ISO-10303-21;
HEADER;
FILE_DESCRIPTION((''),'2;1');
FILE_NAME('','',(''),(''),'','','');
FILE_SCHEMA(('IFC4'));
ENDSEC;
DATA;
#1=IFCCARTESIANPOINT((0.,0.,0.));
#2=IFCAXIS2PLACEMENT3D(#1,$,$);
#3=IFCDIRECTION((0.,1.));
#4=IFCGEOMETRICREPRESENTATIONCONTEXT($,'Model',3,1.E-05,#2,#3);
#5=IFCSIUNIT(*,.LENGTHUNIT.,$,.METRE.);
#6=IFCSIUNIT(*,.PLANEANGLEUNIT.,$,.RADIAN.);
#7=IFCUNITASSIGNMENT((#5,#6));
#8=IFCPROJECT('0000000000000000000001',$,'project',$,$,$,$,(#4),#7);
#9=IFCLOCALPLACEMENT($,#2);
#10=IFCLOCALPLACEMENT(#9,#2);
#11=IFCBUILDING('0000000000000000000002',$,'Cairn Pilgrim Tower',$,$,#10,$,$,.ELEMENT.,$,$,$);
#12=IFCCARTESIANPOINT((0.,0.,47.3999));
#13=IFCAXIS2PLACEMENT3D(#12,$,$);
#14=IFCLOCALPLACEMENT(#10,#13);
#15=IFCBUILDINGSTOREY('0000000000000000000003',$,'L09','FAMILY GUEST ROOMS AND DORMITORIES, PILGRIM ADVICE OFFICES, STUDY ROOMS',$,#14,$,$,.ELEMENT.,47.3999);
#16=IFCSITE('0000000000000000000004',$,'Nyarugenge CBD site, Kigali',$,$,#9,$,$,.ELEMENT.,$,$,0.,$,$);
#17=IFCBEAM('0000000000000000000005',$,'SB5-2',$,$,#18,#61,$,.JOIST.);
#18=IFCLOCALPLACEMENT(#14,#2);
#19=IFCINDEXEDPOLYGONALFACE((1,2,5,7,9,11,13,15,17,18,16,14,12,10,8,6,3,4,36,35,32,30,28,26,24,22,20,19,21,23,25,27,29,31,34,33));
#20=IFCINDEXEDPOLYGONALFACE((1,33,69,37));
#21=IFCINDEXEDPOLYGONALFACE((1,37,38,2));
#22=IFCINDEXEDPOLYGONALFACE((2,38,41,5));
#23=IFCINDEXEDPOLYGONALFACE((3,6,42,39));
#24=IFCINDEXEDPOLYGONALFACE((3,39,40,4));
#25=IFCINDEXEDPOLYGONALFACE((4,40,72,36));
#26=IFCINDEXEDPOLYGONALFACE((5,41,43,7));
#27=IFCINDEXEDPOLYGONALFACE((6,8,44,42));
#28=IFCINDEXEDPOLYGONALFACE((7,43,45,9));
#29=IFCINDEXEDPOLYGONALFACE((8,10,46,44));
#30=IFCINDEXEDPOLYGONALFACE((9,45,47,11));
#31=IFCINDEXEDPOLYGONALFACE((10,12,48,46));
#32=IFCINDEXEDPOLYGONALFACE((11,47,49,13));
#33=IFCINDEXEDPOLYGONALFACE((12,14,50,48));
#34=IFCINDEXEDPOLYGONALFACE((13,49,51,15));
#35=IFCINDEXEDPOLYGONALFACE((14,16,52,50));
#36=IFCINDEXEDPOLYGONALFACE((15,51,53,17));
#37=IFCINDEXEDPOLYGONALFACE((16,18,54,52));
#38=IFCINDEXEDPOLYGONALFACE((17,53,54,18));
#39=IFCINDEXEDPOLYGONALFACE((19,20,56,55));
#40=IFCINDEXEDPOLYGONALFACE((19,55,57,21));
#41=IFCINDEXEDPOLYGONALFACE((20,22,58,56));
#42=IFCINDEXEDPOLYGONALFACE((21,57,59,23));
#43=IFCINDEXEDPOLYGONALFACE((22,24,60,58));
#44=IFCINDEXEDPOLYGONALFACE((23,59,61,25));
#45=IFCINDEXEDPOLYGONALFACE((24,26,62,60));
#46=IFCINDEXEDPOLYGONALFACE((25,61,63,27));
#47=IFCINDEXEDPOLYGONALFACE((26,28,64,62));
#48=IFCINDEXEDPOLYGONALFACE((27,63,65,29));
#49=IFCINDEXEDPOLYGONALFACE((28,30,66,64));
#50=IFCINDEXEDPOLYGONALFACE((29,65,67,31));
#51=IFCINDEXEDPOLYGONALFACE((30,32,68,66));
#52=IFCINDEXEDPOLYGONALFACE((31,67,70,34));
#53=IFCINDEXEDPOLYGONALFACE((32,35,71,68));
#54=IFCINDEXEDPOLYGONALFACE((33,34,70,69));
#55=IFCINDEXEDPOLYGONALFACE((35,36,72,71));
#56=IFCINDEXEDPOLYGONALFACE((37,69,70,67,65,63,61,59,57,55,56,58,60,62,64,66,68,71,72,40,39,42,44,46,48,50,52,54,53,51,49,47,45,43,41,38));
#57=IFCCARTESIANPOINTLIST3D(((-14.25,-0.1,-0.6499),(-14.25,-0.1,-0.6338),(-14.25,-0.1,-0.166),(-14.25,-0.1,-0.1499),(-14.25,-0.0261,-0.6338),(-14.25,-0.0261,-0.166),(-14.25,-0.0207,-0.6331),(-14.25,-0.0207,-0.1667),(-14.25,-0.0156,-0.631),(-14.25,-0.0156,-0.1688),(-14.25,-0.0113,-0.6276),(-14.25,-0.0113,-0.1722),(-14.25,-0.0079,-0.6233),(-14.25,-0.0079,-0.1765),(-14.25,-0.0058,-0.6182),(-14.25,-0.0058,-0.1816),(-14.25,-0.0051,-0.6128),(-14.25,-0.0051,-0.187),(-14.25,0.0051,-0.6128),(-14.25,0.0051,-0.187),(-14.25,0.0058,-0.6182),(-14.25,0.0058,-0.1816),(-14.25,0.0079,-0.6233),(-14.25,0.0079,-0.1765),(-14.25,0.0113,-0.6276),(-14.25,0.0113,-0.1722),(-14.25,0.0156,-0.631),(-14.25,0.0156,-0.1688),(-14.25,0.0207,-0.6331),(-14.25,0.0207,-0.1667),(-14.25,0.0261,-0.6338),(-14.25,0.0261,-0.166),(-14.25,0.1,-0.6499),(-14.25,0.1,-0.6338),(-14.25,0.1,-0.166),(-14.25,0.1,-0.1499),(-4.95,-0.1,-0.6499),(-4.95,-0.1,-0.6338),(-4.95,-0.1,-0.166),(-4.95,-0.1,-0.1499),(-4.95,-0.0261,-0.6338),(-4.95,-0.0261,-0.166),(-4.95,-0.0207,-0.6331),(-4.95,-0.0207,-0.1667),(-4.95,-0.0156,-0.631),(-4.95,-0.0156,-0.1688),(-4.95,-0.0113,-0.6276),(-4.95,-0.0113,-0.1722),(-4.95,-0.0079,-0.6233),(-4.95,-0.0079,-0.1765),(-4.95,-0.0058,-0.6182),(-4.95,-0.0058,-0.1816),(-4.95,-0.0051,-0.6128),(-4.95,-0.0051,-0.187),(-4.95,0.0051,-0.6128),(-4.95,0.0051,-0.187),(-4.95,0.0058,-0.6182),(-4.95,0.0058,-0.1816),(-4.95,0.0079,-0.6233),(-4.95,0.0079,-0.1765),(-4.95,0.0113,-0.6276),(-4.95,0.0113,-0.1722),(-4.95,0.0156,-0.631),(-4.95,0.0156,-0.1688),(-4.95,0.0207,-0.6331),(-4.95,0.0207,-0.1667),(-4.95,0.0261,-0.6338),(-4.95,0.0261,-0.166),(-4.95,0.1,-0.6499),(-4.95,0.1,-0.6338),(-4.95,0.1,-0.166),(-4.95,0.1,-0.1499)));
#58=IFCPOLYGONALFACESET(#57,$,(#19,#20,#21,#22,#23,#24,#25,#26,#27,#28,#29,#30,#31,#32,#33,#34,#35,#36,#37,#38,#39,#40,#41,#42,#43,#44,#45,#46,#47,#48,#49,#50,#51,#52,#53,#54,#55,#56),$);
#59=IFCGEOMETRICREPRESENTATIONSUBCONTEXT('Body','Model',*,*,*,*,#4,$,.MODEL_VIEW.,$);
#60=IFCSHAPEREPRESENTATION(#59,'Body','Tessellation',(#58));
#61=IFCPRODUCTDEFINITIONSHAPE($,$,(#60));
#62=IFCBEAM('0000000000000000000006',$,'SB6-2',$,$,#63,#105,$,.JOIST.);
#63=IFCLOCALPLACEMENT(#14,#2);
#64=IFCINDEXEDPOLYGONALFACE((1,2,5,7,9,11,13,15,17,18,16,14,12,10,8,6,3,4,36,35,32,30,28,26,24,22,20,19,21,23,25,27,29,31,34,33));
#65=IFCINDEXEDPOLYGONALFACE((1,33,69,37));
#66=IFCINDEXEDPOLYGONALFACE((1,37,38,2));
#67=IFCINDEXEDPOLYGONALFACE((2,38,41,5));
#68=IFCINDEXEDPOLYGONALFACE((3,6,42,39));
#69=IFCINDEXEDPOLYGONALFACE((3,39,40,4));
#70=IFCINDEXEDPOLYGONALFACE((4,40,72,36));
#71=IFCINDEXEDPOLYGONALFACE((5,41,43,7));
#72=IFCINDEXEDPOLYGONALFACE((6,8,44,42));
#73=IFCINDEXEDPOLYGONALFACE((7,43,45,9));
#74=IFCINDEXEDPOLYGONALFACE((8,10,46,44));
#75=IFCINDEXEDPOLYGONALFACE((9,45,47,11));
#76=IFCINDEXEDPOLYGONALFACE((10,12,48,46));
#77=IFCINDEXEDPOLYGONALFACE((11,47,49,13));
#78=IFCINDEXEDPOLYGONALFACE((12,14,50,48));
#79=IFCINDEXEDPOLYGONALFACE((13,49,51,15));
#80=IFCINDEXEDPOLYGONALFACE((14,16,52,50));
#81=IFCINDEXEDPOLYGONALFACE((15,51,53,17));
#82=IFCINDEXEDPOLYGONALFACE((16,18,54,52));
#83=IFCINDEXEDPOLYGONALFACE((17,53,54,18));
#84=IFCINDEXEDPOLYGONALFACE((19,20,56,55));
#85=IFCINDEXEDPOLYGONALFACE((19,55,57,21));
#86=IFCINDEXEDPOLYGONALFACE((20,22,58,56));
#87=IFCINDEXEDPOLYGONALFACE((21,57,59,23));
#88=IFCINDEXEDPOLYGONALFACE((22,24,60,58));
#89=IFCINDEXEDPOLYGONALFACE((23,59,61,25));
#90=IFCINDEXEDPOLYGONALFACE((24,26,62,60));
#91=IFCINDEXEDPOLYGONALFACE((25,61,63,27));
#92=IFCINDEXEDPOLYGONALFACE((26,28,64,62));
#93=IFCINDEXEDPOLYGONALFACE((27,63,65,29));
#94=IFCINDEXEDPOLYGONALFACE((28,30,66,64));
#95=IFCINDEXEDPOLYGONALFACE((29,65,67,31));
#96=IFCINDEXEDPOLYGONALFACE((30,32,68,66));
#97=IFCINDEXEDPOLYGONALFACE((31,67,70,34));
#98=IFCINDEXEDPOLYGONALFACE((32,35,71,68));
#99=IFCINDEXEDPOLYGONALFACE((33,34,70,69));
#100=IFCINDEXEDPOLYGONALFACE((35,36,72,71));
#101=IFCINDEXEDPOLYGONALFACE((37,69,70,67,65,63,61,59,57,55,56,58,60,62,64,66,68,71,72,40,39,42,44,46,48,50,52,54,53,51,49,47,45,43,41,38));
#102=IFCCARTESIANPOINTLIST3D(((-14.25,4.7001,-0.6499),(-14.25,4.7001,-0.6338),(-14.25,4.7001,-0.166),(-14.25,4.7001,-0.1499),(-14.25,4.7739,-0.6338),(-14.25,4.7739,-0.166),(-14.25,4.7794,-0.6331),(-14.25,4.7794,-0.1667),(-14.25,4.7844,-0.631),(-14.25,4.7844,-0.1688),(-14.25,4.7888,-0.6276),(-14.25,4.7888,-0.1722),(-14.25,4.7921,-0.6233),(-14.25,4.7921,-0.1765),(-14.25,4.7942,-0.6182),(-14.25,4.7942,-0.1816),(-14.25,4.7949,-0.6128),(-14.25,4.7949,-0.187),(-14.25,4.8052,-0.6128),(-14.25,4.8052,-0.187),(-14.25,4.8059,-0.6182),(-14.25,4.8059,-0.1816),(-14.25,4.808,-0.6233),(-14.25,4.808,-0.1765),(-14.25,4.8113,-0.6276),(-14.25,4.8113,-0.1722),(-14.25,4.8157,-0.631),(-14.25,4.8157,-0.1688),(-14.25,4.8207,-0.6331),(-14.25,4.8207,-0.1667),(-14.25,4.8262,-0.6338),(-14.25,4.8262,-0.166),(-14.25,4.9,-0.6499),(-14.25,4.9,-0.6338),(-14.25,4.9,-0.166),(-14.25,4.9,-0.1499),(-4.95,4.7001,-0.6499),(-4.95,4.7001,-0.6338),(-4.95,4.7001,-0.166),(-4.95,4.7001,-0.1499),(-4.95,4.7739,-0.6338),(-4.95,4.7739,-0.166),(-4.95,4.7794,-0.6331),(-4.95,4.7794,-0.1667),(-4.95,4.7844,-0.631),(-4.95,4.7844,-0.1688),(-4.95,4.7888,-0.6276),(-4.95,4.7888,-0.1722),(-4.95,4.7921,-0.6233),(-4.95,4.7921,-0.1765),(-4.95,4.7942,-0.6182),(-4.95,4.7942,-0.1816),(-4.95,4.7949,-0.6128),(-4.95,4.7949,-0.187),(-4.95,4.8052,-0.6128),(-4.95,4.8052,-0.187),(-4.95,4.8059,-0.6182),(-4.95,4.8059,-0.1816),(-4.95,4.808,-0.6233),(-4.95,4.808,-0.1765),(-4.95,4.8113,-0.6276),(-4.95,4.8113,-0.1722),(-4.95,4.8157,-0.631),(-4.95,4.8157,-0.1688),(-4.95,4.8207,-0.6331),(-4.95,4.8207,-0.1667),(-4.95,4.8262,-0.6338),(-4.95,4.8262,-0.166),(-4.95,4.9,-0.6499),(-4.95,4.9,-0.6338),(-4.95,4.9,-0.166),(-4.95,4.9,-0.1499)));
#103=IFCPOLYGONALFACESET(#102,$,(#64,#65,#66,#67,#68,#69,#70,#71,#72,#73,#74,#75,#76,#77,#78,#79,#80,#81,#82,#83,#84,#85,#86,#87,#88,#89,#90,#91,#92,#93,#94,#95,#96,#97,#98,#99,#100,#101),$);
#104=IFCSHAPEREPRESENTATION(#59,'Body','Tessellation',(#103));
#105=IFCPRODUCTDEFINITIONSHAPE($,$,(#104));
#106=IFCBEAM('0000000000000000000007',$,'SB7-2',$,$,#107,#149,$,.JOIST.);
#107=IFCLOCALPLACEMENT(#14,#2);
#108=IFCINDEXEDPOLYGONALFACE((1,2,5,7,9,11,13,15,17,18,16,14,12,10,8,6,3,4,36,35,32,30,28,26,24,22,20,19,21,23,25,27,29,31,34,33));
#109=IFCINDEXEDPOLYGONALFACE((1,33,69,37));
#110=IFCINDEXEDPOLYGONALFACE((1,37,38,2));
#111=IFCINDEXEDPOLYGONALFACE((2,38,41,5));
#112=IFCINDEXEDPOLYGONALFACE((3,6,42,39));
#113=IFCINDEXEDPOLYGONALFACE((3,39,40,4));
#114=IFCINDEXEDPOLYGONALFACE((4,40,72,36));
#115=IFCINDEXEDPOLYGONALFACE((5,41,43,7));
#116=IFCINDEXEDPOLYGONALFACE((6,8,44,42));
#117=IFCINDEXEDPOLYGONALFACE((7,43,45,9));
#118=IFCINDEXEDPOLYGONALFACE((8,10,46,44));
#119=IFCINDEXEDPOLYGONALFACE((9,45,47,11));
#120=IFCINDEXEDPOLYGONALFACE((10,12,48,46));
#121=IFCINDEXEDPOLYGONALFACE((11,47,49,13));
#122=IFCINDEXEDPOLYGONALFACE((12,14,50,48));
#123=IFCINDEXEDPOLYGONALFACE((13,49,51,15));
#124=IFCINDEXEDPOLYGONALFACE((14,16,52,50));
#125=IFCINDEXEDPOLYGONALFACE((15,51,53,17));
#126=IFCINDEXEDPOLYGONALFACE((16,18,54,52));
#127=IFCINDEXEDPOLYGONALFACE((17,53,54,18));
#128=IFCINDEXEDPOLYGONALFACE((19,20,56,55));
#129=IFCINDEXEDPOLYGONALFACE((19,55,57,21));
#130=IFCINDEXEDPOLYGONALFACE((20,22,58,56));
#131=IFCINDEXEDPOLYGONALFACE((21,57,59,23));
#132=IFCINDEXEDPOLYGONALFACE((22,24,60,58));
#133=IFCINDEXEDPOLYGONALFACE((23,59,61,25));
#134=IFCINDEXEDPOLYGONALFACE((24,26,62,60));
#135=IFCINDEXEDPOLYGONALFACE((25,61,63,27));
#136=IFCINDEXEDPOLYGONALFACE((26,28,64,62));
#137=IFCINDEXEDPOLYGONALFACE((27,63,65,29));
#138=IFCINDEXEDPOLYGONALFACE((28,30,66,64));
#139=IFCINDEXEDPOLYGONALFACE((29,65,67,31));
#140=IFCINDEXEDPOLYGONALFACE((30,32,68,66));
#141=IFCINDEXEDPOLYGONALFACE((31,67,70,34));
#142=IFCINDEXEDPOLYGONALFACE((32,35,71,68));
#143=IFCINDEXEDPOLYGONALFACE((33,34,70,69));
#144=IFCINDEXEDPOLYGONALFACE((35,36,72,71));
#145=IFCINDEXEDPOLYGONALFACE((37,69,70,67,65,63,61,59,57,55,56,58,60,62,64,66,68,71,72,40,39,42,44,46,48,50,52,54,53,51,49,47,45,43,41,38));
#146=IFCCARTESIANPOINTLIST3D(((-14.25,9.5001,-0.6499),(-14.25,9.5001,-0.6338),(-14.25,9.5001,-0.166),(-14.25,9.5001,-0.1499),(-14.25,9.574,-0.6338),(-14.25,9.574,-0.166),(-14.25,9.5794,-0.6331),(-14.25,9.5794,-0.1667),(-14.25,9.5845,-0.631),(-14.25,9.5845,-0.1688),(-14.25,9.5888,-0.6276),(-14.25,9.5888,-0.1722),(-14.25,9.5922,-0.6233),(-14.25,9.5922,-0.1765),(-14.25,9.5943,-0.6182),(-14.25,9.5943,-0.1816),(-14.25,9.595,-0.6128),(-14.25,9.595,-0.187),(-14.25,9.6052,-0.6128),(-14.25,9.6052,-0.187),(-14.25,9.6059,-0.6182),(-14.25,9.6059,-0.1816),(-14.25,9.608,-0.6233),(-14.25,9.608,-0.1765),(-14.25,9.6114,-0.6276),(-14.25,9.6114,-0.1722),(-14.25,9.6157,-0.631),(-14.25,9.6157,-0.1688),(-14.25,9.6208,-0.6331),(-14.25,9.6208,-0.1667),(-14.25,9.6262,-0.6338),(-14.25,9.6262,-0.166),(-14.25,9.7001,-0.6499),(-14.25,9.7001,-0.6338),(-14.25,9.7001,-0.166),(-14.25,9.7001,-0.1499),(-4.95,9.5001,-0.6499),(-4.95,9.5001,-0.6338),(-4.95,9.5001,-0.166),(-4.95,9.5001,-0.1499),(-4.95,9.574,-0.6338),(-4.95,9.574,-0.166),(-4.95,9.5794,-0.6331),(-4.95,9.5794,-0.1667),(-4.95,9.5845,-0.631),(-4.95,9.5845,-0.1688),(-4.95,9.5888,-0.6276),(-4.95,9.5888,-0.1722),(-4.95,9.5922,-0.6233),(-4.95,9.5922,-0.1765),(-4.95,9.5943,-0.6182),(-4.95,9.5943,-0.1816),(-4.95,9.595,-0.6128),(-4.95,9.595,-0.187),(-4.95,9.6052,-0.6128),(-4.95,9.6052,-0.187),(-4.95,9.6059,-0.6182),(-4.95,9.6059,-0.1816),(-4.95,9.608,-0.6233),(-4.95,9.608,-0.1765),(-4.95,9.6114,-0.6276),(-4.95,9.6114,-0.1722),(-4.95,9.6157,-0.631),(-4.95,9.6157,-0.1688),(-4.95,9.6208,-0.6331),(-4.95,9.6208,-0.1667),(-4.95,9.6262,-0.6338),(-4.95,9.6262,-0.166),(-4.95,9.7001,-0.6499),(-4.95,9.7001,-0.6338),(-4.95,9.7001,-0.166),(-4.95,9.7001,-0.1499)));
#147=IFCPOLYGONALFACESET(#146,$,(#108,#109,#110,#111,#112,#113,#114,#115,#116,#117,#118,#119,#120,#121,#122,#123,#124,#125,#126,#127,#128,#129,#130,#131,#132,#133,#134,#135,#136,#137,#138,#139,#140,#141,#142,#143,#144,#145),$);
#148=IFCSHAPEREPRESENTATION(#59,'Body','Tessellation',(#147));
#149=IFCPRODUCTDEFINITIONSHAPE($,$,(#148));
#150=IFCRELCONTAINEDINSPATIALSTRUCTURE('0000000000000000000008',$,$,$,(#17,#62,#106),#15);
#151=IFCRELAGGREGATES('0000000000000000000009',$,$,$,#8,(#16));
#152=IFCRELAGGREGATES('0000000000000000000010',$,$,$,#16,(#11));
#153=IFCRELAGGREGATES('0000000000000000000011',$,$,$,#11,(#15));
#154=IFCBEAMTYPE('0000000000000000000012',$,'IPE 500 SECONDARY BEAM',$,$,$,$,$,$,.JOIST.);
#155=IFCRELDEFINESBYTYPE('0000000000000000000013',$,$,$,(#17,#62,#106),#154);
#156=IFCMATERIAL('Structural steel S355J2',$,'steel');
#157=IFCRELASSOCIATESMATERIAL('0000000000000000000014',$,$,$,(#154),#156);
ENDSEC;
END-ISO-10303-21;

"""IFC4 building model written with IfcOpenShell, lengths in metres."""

from ifc_helpers import new_model, si_unit, direction, frame, origin, origin_2d, place, context, subcontext, project, spatial, i_section, extrude, material, material_profile, profile_set, type_object, element, save


model = new_model("IFC4")

# Units and contexts
model_context = context("Model", 3, precision=1e-05, world=origin(), true_north=direction((0.0, 1.0)))
body_context = subcontext(model_context, "Body", "Model", "MODEL_VIEW")
ifc_project = project(units=[si_unit("LENGTHUNIT", "METRE"), si_unit("PLANEANGLEUNIT", "RADIAN")], contexts=[model_context])

# Site, building, storey
site_placement = place(None, origin())
site = spatial("IfcSite", under=ifc_project, at=site_placement, Name="Nyarugenge CBD site, Kigali", CompositionType="ELEMENT", RefElevation=0.0)
building_placement = place(site_placement, origin())
building = spatial("IfcBuilding", under=site, at=building_placement, Name="Cairn Pilgrim Tower", CompositionType="ELEMENT")
storey_placement = place(building_placement, frame((0.0, 0.0, 47.3999)))
storey = spatial("IfcBuildingStorey", under=building, at=storey_placement, Name="L09", Description="FAMILY GUEST ROOMS AND DORMITORIES, PILGRIM ADVICE OFFICES, STUDY ROOMS", CompositionType="ELEMENT", Elevation=47.3999)

# Beams
ifc_material_1 = material(Name="Structural steel S355J2", Category="steel")
ifc_material_profile_1 = material_profile(ifc_material_1, i_section(OverallWidth=0.2, OverallDepth=0.5, WebThickness=0.0103, FlangeThickness=0.0161, FilletRadius=0.021, at=origin_2d()), Name="IPE 500")
ifc_profile_set_1 = profile_set([ifc_material_profile_1], Name="Structural steel S355J2")
beam_type_1 = type_object("IfcBeamType", Name="IPE 500 SECONDARY BEAM", PredefinedType="JOIST", material=ifc_profile_set_1)
for number, where, z_axis, x_axis, name in (
    (1, (-14.25, 0.0, -0.3999), (1.0, 0.0, 0.0), (0.0, 1.0, 0.0), "SB5-2"),
    (2, (-14.25, 4.8, -0.3999), (1.0, 0.0, 0.0), (0.0, 1.0, 0.0), "SB6-2"),
    (3, (-14.25, 9.6001, -0.3999), (1.0, 0.0, 0.0), (0.0, 1.0, 0.0), "SB7-2"),
):
    element("IfcBeam", number, at=place(storey_placement, frame(where, z_axis=z_axis, x_axis=x_axis)), inside=storey, type_object=beam_type_1, Name=name, PredefinedType="JOIST", context=body_context, shape_type="SweptSolid", body=[
        extrude(i_section(OverallWidth=0.2, OverallDepth=0.5, WebThickness=0.0103, FlangeThickness=0.0161, FilletRadius=0.021, at=origin_2d()), origin(), (0.0, 0.0, 1.0), 9.3),
    ])

save(model, "model.ifc")
